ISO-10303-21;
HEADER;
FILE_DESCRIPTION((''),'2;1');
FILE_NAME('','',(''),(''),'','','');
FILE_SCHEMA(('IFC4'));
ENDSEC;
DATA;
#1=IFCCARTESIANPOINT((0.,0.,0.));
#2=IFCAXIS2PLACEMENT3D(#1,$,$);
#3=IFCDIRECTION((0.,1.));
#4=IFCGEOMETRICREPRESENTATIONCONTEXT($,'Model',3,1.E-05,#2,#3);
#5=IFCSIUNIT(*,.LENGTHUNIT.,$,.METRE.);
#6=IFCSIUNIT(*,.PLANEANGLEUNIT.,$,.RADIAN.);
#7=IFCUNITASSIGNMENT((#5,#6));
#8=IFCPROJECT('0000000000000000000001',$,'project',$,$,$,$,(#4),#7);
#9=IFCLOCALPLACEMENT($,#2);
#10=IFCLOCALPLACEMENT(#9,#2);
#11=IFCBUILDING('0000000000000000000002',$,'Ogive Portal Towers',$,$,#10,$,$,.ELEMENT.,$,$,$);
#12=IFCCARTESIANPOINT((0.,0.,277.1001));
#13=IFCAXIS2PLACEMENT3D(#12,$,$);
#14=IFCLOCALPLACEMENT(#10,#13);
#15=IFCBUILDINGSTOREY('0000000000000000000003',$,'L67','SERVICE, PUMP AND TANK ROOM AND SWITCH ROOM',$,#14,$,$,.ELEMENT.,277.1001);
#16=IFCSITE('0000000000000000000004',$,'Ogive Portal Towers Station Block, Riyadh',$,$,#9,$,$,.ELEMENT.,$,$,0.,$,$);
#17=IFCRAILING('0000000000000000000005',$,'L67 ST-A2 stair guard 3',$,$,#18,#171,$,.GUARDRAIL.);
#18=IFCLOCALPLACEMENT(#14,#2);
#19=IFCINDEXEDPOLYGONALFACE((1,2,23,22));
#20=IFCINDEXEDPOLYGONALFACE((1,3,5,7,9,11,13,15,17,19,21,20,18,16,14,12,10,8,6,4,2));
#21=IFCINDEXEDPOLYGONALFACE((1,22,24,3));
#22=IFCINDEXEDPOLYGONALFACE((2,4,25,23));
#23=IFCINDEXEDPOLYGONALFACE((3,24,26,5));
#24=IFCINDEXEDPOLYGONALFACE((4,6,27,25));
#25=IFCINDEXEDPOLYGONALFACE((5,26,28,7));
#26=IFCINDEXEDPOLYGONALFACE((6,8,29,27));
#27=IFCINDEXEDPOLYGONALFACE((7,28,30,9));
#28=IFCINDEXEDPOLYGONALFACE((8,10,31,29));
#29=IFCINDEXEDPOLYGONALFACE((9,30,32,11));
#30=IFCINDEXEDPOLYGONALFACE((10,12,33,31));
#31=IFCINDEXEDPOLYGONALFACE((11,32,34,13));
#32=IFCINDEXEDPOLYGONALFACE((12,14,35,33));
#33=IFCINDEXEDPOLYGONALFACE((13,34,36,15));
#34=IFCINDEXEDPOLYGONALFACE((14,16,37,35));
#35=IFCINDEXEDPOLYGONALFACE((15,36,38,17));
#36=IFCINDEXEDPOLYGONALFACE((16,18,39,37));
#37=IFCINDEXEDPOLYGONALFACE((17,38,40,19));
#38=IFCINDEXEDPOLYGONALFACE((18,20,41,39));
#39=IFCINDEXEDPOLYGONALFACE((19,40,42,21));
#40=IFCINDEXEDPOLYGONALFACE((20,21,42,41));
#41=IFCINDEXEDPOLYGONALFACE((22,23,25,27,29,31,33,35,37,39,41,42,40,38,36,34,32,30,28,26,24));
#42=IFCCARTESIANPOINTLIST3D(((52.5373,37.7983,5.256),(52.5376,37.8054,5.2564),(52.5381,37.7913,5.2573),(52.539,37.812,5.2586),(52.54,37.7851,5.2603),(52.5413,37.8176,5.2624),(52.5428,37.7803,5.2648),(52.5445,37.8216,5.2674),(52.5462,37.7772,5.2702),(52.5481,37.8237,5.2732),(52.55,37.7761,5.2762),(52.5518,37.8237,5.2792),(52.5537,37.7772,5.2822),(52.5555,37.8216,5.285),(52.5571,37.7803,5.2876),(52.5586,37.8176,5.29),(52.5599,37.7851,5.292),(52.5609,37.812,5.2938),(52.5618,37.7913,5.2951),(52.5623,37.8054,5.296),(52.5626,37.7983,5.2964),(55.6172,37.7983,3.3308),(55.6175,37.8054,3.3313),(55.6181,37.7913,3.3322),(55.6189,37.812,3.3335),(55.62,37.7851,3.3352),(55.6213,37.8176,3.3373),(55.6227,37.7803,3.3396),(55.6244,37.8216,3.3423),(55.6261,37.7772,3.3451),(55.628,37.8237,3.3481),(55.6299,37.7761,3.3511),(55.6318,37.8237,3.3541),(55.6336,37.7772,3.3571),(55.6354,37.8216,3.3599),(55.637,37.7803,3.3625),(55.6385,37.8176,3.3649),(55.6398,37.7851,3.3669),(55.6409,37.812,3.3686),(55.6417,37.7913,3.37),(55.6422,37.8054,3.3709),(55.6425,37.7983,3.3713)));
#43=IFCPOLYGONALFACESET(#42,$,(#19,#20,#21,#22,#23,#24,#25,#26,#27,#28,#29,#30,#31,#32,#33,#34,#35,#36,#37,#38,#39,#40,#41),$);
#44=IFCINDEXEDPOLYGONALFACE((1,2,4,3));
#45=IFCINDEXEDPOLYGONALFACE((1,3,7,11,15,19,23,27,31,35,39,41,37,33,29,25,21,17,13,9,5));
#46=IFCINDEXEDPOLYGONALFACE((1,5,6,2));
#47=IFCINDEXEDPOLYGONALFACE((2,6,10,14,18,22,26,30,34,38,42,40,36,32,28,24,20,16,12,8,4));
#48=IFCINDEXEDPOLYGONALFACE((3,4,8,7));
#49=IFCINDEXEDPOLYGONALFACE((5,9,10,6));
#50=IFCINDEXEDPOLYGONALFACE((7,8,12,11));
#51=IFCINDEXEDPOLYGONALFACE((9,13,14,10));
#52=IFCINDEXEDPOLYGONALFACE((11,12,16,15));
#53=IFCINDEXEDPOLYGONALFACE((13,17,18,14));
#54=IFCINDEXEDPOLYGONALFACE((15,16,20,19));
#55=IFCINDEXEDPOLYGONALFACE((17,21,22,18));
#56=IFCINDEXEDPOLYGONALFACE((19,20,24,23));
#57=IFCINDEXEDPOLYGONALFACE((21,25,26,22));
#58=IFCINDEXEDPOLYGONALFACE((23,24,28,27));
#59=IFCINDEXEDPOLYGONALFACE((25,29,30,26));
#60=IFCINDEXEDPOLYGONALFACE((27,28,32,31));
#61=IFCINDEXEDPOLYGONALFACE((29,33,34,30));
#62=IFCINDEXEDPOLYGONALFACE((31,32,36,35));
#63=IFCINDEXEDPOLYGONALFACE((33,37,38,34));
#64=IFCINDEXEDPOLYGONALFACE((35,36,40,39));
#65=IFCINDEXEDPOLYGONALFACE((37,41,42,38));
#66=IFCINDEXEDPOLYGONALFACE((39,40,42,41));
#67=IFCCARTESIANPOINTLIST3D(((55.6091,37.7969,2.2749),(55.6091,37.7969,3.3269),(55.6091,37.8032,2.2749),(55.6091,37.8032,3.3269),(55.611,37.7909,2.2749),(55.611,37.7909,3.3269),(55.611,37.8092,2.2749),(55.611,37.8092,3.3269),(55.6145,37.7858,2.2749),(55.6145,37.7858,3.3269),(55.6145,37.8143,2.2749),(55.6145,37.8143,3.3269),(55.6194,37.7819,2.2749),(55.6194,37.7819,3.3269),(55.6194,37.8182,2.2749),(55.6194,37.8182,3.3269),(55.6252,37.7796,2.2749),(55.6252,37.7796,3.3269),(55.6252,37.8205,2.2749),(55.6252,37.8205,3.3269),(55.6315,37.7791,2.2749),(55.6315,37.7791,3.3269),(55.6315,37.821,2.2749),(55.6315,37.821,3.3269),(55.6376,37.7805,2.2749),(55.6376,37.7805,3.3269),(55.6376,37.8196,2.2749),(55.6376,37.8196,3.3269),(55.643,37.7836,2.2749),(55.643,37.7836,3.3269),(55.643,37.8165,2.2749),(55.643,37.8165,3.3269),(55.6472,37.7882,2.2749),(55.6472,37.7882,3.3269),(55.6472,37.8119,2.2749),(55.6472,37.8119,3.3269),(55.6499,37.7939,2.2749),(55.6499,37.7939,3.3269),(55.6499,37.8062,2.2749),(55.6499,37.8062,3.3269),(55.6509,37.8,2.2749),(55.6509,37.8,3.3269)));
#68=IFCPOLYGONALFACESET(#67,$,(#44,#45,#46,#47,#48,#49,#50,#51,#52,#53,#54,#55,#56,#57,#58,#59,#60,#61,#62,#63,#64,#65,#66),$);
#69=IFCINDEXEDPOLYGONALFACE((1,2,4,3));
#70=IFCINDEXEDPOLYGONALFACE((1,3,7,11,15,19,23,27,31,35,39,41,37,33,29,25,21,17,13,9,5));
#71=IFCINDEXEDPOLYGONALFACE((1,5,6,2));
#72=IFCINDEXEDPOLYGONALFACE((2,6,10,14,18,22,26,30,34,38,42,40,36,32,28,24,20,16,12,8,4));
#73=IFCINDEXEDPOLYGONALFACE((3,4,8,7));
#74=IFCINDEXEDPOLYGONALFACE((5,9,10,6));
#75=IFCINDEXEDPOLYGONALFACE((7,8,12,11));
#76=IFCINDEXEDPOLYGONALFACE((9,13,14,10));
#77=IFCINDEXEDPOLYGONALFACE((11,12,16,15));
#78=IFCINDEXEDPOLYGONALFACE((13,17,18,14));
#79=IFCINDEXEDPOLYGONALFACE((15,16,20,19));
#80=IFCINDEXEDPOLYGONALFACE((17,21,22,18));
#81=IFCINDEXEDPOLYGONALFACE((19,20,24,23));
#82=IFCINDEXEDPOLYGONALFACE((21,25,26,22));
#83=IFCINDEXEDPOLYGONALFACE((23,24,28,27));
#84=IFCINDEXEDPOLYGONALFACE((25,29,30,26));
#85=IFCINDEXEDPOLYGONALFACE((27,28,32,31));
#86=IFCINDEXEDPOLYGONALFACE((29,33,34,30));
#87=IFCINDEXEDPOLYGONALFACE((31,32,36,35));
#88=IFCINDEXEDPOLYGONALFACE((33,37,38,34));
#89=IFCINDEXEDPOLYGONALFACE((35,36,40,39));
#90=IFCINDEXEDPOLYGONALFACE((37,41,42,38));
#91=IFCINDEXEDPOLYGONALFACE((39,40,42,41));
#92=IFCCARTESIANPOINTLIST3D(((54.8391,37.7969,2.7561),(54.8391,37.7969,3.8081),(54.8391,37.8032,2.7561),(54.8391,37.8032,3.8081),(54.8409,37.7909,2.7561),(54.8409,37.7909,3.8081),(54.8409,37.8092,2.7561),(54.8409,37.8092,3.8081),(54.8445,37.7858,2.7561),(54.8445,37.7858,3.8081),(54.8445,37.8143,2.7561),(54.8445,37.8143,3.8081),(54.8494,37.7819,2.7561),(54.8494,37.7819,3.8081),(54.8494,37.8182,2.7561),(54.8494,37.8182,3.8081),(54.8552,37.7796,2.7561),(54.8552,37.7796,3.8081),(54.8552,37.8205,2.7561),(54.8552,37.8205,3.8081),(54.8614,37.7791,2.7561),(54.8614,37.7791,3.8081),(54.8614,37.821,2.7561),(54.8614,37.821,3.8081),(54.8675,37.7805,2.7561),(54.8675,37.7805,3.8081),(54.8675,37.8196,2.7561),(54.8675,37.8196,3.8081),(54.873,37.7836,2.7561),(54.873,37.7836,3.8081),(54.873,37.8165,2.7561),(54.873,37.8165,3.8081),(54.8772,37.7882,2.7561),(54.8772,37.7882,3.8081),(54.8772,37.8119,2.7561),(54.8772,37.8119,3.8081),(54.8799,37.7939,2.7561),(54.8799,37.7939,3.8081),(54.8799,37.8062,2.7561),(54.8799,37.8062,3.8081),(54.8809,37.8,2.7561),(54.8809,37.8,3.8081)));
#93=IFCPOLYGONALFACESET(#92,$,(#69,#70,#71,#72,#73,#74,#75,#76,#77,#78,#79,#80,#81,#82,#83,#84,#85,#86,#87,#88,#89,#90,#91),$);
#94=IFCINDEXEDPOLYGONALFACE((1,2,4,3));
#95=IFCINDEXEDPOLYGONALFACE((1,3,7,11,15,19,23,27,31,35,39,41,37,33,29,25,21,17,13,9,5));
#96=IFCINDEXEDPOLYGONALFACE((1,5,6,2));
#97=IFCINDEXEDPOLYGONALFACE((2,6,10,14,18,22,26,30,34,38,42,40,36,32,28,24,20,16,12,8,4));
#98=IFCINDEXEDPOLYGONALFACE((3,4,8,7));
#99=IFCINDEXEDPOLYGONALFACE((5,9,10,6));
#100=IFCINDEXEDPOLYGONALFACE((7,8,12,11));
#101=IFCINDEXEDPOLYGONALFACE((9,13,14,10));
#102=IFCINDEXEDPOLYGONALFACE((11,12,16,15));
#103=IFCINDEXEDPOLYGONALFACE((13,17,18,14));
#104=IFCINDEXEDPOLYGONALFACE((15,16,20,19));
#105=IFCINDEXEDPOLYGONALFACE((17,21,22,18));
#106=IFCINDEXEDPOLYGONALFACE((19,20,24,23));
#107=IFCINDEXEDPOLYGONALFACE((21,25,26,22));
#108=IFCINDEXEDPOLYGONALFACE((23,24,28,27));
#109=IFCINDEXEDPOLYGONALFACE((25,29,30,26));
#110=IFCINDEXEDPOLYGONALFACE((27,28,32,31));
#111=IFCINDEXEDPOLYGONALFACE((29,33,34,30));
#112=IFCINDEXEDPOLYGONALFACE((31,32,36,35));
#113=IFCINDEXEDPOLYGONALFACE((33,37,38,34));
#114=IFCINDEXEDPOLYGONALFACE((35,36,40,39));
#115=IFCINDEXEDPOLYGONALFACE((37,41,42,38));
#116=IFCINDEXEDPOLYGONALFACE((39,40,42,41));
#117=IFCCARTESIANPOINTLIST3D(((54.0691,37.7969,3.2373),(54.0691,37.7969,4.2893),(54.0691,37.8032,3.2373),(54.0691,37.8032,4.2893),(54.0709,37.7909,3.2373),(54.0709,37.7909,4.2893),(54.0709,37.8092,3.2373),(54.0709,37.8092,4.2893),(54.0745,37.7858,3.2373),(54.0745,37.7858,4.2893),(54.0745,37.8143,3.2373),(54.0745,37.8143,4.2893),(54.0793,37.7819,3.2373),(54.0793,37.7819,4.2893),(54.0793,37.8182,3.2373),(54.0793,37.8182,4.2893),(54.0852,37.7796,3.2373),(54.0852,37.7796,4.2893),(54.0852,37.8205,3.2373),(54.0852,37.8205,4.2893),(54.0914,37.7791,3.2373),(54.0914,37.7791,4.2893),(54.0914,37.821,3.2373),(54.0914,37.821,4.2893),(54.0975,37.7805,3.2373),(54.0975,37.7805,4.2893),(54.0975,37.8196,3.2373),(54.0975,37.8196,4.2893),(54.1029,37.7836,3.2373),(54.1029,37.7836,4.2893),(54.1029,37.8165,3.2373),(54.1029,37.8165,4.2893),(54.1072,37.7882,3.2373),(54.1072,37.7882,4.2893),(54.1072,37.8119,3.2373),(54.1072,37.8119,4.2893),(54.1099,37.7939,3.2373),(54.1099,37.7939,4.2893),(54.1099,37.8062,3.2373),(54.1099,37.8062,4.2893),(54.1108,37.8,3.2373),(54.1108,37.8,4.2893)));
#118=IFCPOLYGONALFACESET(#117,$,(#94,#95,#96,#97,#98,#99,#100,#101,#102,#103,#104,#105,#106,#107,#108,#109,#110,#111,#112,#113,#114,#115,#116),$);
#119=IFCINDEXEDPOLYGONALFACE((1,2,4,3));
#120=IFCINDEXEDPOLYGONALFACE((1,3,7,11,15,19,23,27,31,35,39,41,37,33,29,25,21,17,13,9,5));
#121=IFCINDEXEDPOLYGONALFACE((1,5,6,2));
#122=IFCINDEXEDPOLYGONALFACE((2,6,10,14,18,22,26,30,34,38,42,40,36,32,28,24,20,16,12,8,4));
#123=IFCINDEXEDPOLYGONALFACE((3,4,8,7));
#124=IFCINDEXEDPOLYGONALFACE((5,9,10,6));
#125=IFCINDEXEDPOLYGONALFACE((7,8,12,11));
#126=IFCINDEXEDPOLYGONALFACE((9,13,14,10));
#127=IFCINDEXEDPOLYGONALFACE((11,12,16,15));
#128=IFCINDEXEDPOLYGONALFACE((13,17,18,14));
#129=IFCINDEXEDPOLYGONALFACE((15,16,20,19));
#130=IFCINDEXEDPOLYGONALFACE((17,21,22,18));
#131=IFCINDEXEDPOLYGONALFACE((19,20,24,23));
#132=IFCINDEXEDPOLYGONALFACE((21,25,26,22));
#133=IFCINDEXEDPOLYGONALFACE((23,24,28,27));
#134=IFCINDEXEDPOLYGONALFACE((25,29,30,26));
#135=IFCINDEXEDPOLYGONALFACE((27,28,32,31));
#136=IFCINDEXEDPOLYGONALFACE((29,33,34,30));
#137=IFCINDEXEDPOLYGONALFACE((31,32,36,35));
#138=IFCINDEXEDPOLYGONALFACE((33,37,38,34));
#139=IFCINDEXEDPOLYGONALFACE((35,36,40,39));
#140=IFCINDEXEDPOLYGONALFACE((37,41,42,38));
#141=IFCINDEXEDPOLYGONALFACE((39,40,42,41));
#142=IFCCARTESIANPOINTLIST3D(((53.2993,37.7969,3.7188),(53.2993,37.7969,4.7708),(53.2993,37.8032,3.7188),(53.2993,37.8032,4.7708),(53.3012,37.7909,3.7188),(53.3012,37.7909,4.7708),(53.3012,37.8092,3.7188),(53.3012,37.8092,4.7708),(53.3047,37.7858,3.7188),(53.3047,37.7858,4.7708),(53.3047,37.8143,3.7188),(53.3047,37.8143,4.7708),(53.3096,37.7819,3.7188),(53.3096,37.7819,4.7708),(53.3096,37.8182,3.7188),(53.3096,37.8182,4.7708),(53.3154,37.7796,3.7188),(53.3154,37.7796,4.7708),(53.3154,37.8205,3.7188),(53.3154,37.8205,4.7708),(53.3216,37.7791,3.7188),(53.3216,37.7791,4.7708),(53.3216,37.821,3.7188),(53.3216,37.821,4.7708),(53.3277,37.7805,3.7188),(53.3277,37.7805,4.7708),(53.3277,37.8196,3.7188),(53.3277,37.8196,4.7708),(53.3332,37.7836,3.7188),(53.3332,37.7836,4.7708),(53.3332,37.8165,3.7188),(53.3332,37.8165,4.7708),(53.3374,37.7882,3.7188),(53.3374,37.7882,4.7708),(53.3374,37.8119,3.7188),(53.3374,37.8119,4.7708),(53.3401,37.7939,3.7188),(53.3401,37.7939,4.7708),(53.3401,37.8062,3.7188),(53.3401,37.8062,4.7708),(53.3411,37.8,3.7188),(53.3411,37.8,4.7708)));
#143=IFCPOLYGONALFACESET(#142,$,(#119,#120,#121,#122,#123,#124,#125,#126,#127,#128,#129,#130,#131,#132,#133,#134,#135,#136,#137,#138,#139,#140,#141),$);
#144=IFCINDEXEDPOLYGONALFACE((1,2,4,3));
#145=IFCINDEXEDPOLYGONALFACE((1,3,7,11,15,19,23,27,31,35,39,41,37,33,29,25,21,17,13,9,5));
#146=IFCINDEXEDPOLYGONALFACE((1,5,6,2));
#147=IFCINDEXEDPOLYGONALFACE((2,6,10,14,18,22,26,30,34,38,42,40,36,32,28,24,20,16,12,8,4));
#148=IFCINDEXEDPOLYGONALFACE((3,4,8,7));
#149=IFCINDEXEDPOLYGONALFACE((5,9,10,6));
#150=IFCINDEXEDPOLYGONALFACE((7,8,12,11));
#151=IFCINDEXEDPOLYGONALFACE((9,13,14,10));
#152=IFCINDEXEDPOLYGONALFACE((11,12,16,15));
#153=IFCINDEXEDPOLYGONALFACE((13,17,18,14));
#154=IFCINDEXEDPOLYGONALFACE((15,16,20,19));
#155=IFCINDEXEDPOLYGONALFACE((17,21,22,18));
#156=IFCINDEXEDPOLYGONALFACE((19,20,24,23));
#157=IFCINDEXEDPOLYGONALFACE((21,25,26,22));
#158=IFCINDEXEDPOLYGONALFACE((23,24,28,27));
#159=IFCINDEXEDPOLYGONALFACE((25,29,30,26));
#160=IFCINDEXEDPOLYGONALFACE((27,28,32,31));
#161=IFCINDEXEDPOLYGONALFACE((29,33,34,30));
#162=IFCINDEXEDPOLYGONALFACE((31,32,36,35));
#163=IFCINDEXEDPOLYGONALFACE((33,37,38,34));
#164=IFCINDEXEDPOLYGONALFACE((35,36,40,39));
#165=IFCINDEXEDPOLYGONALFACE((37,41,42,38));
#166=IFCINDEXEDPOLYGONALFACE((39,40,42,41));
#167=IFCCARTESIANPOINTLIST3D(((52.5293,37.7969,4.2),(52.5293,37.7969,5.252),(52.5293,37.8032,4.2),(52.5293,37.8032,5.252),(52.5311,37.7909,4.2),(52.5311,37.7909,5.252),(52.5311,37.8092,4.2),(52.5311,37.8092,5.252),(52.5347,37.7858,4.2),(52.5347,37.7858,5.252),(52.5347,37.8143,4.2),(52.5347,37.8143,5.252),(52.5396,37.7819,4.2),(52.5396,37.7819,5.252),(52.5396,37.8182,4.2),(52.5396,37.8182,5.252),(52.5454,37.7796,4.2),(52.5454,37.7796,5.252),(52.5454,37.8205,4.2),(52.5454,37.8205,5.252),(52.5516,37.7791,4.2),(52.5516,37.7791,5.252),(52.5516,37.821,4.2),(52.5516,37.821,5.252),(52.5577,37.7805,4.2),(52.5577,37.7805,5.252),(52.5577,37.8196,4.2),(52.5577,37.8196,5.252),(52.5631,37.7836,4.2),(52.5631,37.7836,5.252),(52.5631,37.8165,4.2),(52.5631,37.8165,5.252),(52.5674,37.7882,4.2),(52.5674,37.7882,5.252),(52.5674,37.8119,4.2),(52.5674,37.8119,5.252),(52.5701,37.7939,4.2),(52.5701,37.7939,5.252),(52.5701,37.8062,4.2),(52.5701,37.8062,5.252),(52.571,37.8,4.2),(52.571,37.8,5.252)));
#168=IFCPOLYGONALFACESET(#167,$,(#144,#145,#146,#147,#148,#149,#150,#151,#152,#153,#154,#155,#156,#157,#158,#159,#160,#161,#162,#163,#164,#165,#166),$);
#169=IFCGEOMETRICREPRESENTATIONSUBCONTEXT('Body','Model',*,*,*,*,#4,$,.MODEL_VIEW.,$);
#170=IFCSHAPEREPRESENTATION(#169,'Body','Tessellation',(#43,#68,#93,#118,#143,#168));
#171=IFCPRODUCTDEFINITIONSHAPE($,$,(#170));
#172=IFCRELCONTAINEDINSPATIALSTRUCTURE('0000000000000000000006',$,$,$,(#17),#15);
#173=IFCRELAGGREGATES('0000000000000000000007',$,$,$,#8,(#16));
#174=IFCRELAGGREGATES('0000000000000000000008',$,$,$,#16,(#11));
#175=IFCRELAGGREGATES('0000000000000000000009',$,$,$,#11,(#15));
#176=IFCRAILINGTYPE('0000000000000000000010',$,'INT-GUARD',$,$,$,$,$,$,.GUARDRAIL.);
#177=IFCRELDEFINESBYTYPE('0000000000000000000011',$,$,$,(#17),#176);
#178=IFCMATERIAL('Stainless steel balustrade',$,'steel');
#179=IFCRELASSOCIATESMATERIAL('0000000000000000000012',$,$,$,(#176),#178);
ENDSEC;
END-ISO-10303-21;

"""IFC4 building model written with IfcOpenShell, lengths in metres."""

from ifc_helpers import new_model, si_unit, direction, frame, origin, origin_2d, place, context, subcontext, project, spatial, circle, extrude, material, type_object, element, save


model = new_model("IFC4")

# Units and contexts
model_context = context("Model", 3, precision=1e-05, world=origin(), true_north=direction((0.0, 1.0)))
body_context = subcontext(model_context, "Body", "Model", "MODEL_VIEW")
ifc_project = project(units=[si_unit("LENGTHUNIT", "METRE"), si_unit("PLANEANGLEUNIT", "RADIAN")], contexts=[model_context])

# Site, building, storey
site_placement = place(None, origin())
site = spatial("IfcSite", under=ifc_project, at=site_placement, Name="Ogive Portal Towers Station Block, Riyadh", CompositionType="ELEMENT", RefElevation=0.0)
building_placement = place(site_placement, origin())
building = spatial("IfcBuilding", under=site, at=building_placement, Name="Ogive Portal Towers", CompositionType="ELEMENT")
storey_placement = place(building_placement, frame((0.0, 0.0, 277.1001)))
storey = spatial("IfcBuildingStorey", under=building, at=storey_placement, Name="L67", Description="SERVICE, PUMP AND TANK ROOM AND SWITCH ROOM", CompositionType="ELEMENT", Elevation=277.1001)

# Railing
ifc_material_1 = material(Name="Stainless steel balustrade", Category="steel")
railing_type_1 = type_object("IfcRailingType", Name="INT-GUARD", PredefinedType="GUARDRAIL", material=ifc_material_1)
railing_1_placement = place(storey_placement, frame((55.6299, 37.8, 2.2749)))
element("IfcRailing", 1, at=railing_1_placement, inside=storey, type_object=railing_type_1, Name="L67 ST-A2 stair guard 3", PredefinedType="GUARDRAIL", context=body_context, shape_type="SweptSolid", body=[
    extrude(circle(Radius=0.0239, at=origin_2d()), frame((0.0, 0.0, 1.0762), z_axis=(-0.847979, 0.0, 0.530029), x_axis=(0.0, -1.0, 0.0)), (0.0, 0.0, 1.0), 3.6321),
    extrude(circle(Radius=0.021, at=origin_2d()), origin(), (0.0, 0.0, 1.0), 1.052),
    extrude(circle(Radius=0.021, at=origin_2d()), frame((-0.77, 0.0, 0.4812)), (0.0, 0.0, 1.0), 1.052),
    extrude(circle(Radius=0.021, at=origin_2d()), frame((-1.54, 0.0, 0.9624)), (0.0, 0.0, 1.0), 1.052),
    extrude(circle(Radius=0.021, at=origin_2d()), frame((-2.3098, 0.0, 1.4438)), (0.0, 0.0, 1.0), 1.052),
    extrude(circle(Radius=0.021, at=origin_2d()), frame((-3.0798, 0.0, 1.925)), (0.0, 0.0, 1.0), 1.052),
])

save(model, "model.ifc")
